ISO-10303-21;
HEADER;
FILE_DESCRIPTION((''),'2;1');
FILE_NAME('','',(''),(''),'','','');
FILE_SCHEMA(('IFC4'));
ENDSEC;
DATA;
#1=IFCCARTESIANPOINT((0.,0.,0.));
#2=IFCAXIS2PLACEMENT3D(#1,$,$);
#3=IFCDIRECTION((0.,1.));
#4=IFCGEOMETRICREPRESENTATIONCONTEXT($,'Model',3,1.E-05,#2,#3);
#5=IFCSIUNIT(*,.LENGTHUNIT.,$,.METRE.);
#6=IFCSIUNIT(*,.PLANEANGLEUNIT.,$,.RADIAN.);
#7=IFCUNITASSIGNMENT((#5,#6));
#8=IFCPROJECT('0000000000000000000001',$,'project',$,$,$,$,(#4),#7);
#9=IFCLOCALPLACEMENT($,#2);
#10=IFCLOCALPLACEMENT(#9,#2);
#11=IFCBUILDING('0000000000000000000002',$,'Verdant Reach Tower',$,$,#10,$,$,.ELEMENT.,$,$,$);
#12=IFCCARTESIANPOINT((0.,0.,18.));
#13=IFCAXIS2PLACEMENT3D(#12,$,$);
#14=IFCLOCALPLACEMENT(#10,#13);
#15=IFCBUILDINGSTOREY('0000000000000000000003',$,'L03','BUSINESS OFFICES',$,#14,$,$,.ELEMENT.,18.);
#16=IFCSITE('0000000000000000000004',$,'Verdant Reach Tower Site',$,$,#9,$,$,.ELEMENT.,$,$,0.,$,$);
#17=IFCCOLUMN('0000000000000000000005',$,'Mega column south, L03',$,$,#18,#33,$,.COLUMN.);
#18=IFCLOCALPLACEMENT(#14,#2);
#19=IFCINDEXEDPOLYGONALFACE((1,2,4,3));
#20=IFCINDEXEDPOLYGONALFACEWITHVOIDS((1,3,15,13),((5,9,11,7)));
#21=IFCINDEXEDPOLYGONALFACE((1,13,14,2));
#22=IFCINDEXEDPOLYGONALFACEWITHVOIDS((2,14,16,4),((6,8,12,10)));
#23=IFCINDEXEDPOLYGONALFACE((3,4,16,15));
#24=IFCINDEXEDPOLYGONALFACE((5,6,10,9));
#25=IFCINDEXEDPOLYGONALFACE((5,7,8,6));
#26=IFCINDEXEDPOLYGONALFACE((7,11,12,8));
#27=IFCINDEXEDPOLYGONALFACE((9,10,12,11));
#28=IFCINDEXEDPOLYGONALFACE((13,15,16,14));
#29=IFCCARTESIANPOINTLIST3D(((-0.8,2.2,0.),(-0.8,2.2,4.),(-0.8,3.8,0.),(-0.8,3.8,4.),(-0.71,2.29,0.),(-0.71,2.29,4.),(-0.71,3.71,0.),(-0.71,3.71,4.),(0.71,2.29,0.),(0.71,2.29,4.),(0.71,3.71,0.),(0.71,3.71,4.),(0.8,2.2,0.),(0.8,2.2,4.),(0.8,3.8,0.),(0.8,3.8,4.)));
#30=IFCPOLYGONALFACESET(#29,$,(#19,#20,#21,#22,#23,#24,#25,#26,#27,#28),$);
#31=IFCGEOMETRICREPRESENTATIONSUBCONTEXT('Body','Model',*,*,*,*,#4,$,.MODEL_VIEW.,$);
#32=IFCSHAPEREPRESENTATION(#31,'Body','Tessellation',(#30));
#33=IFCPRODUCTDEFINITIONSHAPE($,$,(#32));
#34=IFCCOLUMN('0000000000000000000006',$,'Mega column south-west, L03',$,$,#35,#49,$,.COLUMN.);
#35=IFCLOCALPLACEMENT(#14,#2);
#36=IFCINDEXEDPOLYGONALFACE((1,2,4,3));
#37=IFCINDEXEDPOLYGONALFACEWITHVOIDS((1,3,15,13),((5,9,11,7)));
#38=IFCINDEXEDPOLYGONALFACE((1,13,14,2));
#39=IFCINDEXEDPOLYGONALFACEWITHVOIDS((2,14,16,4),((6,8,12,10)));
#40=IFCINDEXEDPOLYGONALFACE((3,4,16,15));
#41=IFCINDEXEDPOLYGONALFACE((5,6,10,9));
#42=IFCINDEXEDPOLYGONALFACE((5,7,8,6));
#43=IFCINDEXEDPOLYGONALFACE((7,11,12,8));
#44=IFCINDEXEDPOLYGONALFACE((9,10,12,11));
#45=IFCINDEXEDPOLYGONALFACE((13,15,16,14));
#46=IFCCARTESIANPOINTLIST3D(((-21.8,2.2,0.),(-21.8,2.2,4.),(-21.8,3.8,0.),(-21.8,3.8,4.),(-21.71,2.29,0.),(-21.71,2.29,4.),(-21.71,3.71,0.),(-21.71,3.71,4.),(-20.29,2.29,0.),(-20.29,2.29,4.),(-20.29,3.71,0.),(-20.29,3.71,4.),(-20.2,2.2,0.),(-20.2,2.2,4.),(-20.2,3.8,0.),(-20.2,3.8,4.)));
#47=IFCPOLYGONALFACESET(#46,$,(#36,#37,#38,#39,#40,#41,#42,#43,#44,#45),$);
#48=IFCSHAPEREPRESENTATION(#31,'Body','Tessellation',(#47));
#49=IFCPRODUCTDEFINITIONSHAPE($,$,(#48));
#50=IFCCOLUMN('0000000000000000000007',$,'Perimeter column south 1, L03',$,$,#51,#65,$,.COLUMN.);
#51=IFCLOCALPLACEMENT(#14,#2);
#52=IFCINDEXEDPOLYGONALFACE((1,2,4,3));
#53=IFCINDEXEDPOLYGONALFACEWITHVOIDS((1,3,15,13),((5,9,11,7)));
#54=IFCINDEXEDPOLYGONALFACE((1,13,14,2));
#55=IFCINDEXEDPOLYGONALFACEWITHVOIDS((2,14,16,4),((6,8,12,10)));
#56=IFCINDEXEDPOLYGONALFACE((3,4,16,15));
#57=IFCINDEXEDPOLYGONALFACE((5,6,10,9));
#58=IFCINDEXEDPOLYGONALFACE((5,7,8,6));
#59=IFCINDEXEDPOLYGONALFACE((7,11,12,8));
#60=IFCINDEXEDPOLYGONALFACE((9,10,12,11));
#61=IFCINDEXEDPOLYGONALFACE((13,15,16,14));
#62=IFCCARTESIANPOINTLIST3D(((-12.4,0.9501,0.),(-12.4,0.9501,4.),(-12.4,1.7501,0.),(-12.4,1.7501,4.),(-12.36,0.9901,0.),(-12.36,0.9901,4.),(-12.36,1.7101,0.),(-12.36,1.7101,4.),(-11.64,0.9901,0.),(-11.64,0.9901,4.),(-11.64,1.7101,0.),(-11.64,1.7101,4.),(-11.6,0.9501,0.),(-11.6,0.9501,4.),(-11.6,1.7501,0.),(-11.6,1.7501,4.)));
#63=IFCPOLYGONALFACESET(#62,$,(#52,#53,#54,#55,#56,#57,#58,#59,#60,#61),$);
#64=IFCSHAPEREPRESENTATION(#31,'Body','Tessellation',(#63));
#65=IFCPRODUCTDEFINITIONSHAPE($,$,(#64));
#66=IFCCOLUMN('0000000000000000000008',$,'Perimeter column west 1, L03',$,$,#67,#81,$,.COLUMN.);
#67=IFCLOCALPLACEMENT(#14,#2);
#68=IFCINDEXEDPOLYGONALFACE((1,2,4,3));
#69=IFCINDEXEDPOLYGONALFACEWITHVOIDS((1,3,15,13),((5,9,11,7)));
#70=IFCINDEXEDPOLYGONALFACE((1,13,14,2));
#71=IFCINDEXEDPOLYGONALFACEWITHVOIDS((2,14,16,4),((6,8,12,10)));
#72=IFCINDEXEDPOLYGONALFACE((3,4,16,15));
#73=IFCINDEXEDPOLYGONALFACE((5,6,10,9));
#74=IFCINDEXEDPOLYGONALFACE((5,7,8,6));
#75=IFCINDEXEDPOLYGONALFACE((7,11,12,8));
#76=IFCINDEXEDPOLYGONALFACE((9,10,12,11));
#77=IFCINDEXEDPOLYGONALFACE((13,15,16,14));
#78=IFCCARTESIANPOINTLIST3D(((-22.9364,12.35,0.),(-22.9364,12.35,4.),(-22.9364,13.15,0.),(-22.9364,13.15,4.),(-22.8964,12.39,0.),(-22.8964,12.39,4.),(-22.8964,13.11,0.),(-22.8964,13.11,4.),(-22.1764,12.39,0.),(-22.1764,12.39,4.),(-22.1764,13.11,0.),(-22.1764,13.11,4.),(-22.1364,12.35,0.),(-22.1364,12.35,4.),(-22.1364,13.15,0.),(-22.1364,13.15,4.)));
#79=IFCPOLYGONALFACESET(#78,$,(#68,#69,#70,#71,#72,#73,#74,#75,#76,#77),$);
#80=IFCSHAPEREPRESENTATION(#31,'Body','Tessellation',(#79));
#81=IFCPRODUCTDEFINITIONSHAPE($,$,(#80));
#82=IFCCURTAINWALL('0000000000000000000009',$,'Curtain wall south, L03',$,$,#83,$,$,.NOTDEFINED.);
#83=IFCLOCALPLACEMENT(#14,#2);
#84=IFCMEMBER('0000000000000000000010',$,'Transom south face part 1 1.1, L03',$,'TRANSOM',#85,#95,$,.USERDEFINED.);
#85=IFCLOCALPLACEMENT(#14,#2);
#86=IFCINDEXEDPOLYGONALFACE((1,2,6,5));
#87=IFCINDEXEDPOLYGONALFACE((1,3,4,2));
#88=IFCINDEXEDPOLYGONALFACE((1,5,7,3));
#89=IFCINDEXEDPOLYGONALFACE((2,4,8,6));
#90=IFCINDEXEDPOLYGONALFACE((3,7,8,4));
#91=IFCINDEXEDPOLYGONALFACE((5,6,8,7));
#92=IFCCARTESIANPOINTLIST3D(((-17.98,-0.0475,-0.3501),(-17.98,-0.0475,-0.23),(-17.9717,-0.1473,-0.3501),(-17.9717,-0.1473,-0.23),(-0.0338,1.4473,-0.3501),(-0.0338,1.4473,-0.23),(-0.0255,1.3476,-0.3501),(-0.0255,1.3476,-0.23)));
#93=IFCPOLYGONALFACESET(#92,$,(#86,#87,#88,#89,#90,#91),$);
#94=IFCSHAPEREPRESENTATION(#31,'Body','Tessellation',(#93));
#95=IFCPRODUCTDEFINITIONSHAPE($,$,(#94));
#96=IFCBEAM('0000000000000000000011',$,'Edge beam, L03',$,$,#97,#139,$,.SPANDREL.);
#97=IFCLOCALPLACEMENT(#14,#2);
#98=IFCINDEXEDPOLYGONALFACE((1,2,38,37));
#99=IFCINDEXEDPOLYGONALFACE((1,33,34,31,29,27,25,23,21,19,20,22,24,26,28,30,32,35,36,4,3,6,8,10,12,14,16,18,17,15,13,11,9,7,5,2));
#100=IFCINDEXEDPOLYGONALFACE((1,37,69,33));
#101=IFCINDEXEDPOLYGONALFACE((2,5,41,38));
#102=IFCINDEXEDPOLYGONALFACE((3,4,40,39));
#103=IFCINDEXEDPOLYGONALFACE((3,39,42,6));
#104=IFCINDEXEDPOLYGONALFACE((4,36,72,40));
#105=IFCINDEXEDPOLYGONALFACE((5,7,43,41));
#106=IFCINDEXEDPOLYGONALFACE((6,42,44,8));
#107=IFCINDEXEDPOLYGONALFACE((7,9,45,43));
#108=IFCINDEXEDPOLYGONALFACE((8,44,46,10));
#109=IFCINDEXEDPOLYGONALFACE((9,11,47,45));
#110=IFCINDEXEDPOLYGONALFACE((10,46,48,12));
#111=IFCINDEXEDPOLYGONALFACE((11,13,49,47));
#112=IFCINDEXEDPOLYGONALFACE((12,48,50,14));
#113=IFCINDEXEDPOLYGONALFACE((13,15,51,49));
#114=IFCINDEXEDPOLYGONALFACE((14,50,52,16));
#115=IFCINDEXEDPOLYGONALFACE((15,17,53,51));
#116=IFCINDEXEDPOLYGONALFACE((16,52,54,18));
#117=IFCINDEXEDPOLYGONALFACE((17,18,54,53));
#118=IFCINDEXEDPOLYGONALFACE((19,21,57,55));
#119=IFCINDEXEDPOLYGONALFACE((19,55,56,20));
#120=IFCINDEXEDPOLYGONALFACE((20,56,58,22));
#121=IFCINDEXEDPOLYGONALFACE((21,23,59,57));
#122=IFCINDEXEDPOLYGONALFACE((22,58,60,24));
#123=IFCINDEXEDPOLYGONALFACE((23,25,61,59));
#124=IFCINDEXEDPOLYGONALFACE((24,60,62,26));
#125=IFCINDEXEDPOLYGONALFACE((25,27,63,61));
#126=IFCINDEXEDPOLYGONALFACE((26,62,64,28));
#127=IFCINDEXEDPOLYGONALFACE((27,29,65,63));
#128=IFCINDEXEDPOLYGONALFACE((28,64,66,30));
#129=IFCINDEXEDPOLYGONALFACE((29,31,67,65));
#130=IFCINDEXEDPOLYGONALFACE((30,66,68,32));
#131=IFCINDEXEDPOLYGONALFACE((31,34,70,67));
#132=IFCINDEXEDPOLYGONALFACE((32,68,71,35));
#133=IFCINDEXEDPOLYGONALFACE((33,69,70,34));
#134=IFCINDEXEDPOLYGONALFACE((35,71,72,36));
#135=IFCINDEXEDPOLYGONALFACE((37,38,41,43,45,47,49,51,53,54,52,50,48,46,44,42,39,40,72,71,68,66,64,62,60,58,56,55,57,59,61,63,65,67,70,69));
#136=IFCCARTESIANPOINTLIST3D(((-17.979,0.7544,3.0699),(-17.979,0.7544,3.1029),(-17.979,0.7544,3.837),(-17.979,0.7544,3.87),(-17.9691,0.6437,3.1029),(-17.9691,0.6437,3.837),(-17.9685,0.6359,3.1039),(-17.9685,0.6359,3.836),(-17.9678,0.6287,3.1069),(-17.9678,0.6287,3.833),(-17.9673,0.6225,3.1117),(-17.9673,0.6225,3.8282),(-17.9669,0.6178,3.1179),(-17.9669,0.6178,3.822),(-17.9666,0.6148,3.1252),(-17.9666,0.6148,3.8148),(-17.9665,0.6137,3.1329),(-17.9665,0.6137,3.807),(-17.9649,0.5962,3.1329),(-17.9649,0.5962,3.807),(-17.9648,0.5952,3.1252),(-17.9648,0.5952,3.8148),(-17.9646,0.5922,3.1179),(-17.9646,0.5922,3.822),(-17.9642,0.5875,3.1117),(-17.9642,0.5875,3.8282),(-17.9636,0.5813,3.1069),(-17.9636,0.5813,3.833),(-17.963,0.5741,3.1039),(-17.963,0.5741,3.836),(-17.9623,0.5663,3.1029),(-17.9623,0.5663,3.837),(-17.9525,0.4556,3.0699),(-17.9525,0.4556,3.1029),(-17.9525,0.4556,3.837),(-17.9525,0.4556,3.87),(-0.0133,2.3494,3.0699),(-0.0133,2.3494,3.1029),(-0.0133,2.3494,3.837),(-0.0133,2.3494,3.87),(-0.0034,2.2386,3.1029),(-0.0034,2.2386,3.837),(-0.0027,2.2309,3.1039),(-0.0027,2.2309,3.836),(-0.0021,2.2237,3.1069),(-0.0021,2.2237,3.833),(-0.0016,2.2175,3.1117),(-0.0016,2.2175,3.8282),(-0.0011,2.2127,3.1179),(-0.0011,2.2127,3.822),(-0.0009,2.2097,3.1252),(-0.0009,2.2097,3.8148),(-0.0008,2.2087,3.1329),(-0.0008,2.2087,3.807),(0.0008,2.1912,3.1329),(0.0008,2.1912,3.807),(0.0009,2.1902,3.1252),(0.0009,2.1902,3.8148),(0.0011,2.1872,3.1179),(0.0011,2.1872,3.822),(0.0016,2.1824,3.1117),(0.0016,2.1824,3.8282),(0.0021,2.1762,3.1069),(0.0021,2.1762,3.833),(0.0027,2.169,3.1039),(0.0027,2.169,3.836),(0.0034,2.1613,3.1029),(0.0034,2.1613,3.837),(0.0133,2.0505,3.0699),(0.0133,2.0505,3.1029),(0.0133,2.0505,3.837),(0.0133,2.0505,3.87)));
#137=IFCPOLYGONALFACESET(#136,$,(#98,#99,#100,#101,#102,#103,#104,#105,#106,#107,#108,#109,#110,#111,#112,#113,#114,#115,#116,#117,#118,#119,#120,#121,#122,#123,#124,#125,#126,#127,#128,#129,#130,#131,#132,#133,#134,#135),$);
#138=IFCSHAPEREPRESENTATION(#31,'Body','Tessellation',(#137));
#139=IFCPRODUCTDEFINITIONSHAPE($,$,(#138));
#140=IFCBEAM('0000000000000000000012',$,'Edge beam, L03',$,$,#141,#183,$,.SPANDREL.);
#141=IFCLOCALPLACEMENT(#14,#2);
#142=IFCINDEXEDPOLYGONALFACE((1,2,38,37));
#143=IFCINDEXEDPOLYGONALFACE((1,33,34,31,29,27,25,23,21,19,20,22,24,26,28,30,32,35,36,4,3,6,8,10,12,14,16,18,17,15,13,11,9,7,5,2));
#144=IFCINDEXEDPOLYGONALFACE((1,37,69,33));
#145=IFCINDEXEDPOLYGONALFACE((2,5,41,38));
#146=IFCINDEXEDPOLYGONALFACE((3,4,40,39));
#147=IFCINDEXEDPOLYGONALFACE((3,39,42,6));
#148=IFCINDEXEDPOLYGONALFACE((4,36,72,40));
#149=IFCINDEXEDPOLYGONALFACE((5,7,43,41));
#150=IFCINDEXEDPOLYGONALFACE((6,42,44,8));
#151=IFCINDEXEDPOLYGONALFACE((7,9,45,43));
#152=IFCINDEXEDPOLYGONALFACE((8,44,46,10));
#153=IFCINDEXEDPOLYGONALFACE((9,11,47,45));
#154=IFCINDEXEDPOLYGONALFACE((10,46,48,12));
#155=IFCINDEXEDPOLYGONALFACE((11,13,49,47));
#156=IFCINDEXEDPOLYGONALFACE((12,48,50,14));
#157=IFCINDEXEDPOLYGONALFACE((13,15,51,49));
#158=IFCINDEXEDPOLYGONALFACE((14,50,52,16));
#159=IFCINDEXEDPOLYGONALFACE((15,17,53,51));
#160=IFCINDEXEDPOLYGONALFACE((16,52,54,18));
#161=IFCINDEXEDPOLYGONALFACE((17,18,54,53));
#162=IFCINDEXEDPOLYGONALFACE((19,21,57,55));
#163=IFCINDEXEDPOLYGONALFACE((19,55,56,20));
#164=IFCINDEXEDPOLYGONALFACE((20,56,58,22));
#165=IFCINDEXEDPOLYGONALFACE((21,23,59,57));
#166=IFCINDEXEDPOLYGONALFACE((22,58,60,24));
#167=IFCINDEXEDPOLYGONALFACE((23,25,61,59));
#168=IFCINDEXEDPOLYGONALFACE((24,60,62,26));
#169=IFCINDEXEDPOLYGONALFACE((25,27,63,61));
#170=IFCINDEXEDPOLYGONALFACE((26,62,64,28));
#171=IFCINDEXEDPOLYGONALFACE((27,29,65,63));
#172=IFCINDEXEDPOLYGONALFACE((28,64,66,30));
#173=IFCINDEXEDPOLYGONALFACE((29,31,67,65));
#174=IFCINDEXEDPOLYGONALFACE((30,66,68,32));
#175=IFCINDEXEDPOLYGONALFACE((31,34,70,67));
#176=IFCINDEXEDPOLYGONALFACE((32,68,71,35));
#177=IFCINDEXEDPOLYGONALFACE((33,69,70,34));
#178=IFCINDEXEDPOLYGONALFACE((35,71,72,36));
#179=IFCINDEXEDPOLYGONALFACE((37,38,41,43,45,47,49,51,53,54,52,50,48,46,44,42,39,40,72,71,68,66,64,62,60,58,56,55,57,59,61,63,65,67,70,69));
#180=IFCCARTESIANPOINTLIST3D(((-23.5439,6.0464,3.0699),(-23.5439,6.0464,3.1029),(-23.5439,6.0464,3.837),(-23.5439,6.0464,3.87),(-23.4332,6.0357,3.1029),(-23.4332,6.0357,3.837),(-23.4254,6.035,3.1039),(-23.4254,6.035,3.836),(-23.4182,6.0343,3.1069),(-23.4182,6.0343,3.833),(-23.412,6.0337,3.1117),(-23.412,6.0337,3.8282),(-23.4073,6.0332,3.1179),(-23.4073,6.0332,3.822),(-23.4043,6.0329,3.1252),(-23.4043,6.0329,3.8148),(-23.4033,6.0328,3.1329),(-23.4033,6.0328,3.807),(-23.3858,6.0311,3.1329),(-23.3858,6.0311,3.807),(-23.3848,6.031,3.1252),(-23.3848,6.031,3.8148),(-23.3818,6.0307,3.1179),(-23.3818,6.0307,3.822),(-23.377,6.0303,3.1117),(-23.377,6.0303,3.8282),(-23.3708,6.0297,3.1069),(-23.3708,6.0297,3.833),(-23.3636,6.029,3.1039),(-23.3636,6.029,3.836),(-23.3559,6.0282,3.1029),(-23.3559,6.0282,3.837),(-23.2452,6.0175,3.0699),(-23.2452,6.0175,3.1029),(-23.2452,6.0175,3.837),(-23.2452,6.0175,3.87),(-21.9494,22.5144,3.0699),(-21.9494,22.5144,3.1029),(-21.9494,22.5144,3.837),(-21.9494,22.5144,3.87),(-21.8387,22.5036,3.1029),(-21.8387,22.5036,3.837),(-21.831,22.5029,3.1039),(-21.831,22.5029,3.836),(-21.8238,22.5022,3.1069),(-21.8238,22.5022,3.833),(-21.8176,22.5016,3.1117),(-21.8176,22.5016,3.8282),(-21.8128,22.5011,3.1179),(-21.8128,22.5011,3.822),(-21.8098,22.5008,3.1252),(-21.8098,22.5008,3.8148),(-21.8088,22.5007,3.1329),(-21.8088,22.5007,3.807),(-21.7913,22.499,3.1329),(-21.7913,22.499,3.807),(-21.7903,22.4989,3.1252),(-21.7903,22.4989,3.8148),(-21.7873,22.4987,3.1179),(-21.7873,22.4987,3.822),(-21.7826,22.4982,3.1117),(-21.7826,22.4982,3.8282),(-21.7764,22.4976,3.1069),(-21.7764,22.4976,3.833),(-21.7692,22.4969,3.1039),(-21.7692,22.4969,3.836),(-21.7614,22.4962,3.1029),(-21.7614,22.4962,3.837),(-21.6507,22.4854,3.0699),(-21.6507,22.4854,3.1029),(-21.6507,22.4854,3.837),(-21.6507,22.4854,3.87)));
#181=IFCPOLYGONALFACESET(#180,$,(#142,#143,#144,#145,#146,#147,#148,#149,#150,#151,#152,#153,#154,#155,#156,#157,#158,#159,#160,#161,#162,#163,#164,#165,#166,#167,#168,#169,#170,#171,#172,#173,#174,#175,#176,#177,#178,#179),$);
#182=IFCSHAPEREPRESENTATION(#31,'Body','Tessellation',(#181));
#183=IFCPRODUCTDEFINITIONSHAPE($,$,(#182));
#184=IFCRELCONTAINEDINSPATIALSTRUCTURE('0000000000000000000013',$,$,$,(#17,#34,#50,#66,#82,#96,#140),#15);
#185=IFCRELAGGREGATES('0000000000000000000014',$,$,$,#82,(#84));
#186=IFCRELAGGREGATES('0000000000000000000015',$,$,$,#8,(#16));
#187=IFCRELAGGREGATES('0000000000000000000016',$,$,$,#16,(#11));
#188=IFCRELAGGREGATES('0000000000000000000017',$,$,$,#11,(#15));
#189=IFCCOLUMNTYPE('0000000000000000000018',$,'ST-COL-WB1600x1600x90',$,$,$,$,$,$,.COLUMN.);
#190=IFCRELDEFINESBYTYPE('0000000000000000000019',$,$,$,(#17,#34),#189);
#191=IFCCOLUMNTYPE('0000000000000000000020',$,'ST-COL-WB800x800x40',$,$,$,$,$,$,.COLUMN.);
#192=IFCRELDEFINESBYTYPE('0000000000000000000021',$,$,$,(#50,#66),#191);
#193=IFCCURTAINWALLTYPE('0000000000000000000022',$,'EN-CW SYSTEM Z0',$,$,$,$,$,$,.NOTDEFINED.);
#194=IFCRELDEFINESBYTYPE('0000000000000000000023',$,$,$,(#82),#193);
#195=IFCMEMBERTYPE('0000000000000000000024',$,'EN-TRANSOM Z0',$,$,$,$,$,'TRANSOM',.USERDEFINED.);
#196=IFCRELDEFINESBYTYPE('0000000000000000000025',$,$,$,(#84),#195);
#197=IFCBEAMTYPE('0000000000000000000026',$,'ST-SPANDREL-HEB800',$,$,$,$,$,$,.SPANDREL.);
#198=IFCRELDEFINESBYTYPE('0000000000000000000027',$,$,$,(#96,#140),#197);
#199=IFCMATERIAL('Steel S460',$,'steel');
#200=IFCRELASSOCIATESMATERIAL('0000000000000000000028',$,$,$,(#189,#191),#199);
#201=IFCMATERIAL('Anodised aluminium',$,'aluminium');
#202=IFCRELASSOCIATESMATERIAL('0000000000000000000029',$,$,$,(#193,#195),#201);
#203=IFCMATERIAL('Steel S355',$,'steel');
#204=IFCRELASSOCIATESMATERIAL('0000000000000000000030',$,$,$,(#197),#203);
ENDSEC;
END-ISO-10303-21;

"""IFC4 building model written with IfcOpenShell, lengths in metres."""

from ifc_helpers import new_model, si_unit, direction, frame, origin, origin_2d, place, context, subcontext, project, spatial, rectangle, hollow_rectangle, i_section, extrude, material, material_profile, profile_set, type_object, element, aggregate, save


model = new_model("IFC4")

# Units and contexts
model_context = context("Model", 3, precision=1e-05, world=origin(), true_north=direction((0.0, 1.0)))
body_context = subcontext(model_context, "Body", "Model", "MODEL_VIEW")
ifc_project = project(units=[si_unit("LENGTHUNIT", "METRE"), si_unit("PLANEANGLEUNIT", "RADIAN")], contexts=[model_context])

# Site, building, storey
site_placement = place(None, origin())
site = spatial("IfcSite", under=ifc_project, at=site_placement, Name="Verdant Reach Tower Site", CompositionType="ELEMENT", RefElevation=0.0)
building_placement = place(site_placement, origin())
building = spatial("IfcBuilding", under=site, at=building_placement, Name="Verdant Reach Tower", CompositionType="ELEMENT")
storey_placement = place(building_placement, frame((0.0, 0.0, 18.0)))
storey = spatial("IfcBuildingStorey", under=building, at=storey_placement, Name="L03", Description="BUSINESS OFFICES", CompositionType="ELEMENT", Elevation=18.0)

# Columns
ifc_material_1 = material(Name="Steel S460", Category="steel")
ifc_material_profile_1 = material_profile(ifc_material_1, hollow_rectangle(XDim=1.6001, YDim=1.6001, WallThickness=0.0901, at=origin_2d()), Name="WB 1600x1600x90")
ifc_profile_set_1 = profile_set([ifc_material_profile_1], Name="Steel S460")
column_type_1 = type_object("IfcColumnType", Name="ST-COL-WB1600x1600x90", PredefinedType="COLUMN", material=ifc_profile_set_1)
for number, where, z_axis, x_axis, name in (
    (1, (0.0, 3.0, 0.0), (0.0, 0.0, 1.0), (1.0, 0.0, 0.0), "Mega column south, L03"),
    (2, (-21.0, 3.0, 0.0), (0.0, 0.0, 1.0), (1.0, 0.0, 0.0), "Mega column south-west, L03"),
):
    element("IfcColumn", number, at=place(storey_placement, frame(where, z_axis=z_axis, x_axis=x_axis)), inside=storey, type_object=column_type_1, Name=name, PredefinedType="COLUMN", context=body_context, shape_type="SweptSolid", body=[
        extrude(hollow_rectangle(XDim=1.6001, YDim=1.6001, WallThickness=0.0901, at=origin_2d()), origin(), (0.0, 0.0, 1.0), 4.0),
    ])
ifc_material_profile_2 = material_profile(ifc_material_1, hollow_rectangle(XDim=0.8, YDim=0.8, WallThickness=0.04, at=origin_2d()), Name="WB 800x800x40")
ifc_profile_set_2 = profile_set([ifc_material_profile_2], Name="Steel S460")
column_type_2 = type_object("IfcColumnType", Name="ST-COL-WB800x800x40", PredefinedType="COLUMN", material=ifc_profile_set_2)
for number, where, z_axis, x_axis, name in (
    (3, (-12.0, 1.3501, 0.0), (0.0, 0.0, 1.0), (1.0, 0.0, 0.0), "Perimeter column south 1, L03"),
    (4, (-22.5364, 12.75, 0.0), (0.0, 0.0, 1.0), (1.0, 0.0, 0.0), "Perimeter column west 1, L03"),
):
    element("IfcColumn", number, at=place(storey_placement, frame(where, z_axis=z_axis, x_axis=x_axis)), inside=storey, type_object=column_type_2, Name=name, PredefinedType="COLUMN", context=body_context, shape_type="SweptSolid", body=[
        extrude(hollow_rectangle(XDim=0.8, YDim=0.8, WallThickness=0.04, at=origin_2d()), origin(), (0.0, 0.0, 1.0), 4.0),
    ])

# Curtain wall, member
ifc_material_2 = material(Name="Anodised aluminium", Category="aluminium")
curtain_wall_type = type_object("IfcCurtainWallType", Name="EN-CW SYSTEM Z0", PredefinedType="NOTDEFINED", material=ifc_material_2)
curtain_wall_1_placement = place(storey_placement, origin())
curtain_wall_1 = element("IfcCurtainWall", 5, at=curtain_wall_1_placement, inside=storey, type_object=curtain_wall_type, Name="Curtain wall south, L03", PredefinedType="NOTDEFINED")
ifc_material_profile_3 = material_profile(ifc_material_2, rectangle(XDim=0.1001, YDim=0.1201, at=origin_2d()), Name="Transom 120x100")
ifc_profile_set_3 = profile_set([ifc_material_profile_3], Name="Anodised aluminium")
member_type = type_object("IfcMemberType", Name="EN-TRANSOM Z0", ElementType="TRANSOM", PredefinedType="USERDEFINED", material=ifc_profile_set_3)
member_placement = place(storey_placement, frame((-17.9758, -0.0974, -0.29), z_axis=(0.996549, 0.083011, 0.0), x_axis=(-0.083011, 0.996549, 0.0)))
member = element("IfcMember", 6, at=member_placement, type_object=member_type, Name="Transom south face part 1 1.1, L03", ObjectType="TRANSOM", PredefinedType="USERDEFINED", context=body_context, shape_type="SweptSolid", body=[
    extrude(rectangle(XDim=0.1001, YDim=0.1201, at=origin_2d()), origin(), (0.0, 0.0, 1.0), 18.0083),
])

# Beams
ifc_material_3 = material(Name="Steel S355", Category="steel")
ifc_material_profile_4 = material_profile(ifc_material_3, i_section(OverallWidth=0.3, OverallDepth=0.8, WebThickness=0.0176, FlangeThickness=0.033, FilletRadius=0.03, at=origin_2d()), Name="HEB 800")
ifc_profile_set_4 = profile_set([ifc_material_profile_4], Name="Steel S355")
beam_type_1 = type_object("IfcBeamType", Name="ST-SPANDREL-HEB800", PredefinedType="SPANDREL", material=ifc_profile_set_4)
beam_1_placement = place(storey_placement, frame((0.0, 2.2, 3.47), z_axis=(-0.996082, -0.08843, 0.0), x_axis=(0.08843, -0.996082, 0.0)))
element("IfcBeam", 7, at=beam_1_placement, inside=storey, type_object=beam_type_1, Name="Edge beam, L03", PredefinedType="SPANDREL", context=body_context, shape_type="SweptSolid", body=[
    extrude(i_section(OverallWidth=0.3, OverallDepth=0.8, WebThickness=0.0176, FlangeThickness=0.033, FilletRadius=0.03, at=origin_2d()), origin(), (0.0, 0.0, 1.0), 18.0364),
])
beam_2_placement = place(storey_placement, frame((-23.3945, 6.032, 3.47), z_axis=(0.096372, 0.995345, 0.0), x_axis=(-0.995345, 0.096372, 0.0)))
element("IfcBeam", 8, at=beam_2_placement, inside=storey, type_object=beam_type_1, Name="Edge beam, L03", PredefinedType="SPANDREL", context=body_context, shape_type="SweptSolid", body=[
    extrude(i_section(OverallWidth=0.3, OverallDepth=0.8, WebThickness=0.0176, FlangeThickness=0.033, FilletRadius=0.03, at=origin_2d()), origin(), (0.0, 0.0, 1.0), 16.5449),
])

aggregate(curtain_wall_1, [member])

save(model, "model.ifc")
